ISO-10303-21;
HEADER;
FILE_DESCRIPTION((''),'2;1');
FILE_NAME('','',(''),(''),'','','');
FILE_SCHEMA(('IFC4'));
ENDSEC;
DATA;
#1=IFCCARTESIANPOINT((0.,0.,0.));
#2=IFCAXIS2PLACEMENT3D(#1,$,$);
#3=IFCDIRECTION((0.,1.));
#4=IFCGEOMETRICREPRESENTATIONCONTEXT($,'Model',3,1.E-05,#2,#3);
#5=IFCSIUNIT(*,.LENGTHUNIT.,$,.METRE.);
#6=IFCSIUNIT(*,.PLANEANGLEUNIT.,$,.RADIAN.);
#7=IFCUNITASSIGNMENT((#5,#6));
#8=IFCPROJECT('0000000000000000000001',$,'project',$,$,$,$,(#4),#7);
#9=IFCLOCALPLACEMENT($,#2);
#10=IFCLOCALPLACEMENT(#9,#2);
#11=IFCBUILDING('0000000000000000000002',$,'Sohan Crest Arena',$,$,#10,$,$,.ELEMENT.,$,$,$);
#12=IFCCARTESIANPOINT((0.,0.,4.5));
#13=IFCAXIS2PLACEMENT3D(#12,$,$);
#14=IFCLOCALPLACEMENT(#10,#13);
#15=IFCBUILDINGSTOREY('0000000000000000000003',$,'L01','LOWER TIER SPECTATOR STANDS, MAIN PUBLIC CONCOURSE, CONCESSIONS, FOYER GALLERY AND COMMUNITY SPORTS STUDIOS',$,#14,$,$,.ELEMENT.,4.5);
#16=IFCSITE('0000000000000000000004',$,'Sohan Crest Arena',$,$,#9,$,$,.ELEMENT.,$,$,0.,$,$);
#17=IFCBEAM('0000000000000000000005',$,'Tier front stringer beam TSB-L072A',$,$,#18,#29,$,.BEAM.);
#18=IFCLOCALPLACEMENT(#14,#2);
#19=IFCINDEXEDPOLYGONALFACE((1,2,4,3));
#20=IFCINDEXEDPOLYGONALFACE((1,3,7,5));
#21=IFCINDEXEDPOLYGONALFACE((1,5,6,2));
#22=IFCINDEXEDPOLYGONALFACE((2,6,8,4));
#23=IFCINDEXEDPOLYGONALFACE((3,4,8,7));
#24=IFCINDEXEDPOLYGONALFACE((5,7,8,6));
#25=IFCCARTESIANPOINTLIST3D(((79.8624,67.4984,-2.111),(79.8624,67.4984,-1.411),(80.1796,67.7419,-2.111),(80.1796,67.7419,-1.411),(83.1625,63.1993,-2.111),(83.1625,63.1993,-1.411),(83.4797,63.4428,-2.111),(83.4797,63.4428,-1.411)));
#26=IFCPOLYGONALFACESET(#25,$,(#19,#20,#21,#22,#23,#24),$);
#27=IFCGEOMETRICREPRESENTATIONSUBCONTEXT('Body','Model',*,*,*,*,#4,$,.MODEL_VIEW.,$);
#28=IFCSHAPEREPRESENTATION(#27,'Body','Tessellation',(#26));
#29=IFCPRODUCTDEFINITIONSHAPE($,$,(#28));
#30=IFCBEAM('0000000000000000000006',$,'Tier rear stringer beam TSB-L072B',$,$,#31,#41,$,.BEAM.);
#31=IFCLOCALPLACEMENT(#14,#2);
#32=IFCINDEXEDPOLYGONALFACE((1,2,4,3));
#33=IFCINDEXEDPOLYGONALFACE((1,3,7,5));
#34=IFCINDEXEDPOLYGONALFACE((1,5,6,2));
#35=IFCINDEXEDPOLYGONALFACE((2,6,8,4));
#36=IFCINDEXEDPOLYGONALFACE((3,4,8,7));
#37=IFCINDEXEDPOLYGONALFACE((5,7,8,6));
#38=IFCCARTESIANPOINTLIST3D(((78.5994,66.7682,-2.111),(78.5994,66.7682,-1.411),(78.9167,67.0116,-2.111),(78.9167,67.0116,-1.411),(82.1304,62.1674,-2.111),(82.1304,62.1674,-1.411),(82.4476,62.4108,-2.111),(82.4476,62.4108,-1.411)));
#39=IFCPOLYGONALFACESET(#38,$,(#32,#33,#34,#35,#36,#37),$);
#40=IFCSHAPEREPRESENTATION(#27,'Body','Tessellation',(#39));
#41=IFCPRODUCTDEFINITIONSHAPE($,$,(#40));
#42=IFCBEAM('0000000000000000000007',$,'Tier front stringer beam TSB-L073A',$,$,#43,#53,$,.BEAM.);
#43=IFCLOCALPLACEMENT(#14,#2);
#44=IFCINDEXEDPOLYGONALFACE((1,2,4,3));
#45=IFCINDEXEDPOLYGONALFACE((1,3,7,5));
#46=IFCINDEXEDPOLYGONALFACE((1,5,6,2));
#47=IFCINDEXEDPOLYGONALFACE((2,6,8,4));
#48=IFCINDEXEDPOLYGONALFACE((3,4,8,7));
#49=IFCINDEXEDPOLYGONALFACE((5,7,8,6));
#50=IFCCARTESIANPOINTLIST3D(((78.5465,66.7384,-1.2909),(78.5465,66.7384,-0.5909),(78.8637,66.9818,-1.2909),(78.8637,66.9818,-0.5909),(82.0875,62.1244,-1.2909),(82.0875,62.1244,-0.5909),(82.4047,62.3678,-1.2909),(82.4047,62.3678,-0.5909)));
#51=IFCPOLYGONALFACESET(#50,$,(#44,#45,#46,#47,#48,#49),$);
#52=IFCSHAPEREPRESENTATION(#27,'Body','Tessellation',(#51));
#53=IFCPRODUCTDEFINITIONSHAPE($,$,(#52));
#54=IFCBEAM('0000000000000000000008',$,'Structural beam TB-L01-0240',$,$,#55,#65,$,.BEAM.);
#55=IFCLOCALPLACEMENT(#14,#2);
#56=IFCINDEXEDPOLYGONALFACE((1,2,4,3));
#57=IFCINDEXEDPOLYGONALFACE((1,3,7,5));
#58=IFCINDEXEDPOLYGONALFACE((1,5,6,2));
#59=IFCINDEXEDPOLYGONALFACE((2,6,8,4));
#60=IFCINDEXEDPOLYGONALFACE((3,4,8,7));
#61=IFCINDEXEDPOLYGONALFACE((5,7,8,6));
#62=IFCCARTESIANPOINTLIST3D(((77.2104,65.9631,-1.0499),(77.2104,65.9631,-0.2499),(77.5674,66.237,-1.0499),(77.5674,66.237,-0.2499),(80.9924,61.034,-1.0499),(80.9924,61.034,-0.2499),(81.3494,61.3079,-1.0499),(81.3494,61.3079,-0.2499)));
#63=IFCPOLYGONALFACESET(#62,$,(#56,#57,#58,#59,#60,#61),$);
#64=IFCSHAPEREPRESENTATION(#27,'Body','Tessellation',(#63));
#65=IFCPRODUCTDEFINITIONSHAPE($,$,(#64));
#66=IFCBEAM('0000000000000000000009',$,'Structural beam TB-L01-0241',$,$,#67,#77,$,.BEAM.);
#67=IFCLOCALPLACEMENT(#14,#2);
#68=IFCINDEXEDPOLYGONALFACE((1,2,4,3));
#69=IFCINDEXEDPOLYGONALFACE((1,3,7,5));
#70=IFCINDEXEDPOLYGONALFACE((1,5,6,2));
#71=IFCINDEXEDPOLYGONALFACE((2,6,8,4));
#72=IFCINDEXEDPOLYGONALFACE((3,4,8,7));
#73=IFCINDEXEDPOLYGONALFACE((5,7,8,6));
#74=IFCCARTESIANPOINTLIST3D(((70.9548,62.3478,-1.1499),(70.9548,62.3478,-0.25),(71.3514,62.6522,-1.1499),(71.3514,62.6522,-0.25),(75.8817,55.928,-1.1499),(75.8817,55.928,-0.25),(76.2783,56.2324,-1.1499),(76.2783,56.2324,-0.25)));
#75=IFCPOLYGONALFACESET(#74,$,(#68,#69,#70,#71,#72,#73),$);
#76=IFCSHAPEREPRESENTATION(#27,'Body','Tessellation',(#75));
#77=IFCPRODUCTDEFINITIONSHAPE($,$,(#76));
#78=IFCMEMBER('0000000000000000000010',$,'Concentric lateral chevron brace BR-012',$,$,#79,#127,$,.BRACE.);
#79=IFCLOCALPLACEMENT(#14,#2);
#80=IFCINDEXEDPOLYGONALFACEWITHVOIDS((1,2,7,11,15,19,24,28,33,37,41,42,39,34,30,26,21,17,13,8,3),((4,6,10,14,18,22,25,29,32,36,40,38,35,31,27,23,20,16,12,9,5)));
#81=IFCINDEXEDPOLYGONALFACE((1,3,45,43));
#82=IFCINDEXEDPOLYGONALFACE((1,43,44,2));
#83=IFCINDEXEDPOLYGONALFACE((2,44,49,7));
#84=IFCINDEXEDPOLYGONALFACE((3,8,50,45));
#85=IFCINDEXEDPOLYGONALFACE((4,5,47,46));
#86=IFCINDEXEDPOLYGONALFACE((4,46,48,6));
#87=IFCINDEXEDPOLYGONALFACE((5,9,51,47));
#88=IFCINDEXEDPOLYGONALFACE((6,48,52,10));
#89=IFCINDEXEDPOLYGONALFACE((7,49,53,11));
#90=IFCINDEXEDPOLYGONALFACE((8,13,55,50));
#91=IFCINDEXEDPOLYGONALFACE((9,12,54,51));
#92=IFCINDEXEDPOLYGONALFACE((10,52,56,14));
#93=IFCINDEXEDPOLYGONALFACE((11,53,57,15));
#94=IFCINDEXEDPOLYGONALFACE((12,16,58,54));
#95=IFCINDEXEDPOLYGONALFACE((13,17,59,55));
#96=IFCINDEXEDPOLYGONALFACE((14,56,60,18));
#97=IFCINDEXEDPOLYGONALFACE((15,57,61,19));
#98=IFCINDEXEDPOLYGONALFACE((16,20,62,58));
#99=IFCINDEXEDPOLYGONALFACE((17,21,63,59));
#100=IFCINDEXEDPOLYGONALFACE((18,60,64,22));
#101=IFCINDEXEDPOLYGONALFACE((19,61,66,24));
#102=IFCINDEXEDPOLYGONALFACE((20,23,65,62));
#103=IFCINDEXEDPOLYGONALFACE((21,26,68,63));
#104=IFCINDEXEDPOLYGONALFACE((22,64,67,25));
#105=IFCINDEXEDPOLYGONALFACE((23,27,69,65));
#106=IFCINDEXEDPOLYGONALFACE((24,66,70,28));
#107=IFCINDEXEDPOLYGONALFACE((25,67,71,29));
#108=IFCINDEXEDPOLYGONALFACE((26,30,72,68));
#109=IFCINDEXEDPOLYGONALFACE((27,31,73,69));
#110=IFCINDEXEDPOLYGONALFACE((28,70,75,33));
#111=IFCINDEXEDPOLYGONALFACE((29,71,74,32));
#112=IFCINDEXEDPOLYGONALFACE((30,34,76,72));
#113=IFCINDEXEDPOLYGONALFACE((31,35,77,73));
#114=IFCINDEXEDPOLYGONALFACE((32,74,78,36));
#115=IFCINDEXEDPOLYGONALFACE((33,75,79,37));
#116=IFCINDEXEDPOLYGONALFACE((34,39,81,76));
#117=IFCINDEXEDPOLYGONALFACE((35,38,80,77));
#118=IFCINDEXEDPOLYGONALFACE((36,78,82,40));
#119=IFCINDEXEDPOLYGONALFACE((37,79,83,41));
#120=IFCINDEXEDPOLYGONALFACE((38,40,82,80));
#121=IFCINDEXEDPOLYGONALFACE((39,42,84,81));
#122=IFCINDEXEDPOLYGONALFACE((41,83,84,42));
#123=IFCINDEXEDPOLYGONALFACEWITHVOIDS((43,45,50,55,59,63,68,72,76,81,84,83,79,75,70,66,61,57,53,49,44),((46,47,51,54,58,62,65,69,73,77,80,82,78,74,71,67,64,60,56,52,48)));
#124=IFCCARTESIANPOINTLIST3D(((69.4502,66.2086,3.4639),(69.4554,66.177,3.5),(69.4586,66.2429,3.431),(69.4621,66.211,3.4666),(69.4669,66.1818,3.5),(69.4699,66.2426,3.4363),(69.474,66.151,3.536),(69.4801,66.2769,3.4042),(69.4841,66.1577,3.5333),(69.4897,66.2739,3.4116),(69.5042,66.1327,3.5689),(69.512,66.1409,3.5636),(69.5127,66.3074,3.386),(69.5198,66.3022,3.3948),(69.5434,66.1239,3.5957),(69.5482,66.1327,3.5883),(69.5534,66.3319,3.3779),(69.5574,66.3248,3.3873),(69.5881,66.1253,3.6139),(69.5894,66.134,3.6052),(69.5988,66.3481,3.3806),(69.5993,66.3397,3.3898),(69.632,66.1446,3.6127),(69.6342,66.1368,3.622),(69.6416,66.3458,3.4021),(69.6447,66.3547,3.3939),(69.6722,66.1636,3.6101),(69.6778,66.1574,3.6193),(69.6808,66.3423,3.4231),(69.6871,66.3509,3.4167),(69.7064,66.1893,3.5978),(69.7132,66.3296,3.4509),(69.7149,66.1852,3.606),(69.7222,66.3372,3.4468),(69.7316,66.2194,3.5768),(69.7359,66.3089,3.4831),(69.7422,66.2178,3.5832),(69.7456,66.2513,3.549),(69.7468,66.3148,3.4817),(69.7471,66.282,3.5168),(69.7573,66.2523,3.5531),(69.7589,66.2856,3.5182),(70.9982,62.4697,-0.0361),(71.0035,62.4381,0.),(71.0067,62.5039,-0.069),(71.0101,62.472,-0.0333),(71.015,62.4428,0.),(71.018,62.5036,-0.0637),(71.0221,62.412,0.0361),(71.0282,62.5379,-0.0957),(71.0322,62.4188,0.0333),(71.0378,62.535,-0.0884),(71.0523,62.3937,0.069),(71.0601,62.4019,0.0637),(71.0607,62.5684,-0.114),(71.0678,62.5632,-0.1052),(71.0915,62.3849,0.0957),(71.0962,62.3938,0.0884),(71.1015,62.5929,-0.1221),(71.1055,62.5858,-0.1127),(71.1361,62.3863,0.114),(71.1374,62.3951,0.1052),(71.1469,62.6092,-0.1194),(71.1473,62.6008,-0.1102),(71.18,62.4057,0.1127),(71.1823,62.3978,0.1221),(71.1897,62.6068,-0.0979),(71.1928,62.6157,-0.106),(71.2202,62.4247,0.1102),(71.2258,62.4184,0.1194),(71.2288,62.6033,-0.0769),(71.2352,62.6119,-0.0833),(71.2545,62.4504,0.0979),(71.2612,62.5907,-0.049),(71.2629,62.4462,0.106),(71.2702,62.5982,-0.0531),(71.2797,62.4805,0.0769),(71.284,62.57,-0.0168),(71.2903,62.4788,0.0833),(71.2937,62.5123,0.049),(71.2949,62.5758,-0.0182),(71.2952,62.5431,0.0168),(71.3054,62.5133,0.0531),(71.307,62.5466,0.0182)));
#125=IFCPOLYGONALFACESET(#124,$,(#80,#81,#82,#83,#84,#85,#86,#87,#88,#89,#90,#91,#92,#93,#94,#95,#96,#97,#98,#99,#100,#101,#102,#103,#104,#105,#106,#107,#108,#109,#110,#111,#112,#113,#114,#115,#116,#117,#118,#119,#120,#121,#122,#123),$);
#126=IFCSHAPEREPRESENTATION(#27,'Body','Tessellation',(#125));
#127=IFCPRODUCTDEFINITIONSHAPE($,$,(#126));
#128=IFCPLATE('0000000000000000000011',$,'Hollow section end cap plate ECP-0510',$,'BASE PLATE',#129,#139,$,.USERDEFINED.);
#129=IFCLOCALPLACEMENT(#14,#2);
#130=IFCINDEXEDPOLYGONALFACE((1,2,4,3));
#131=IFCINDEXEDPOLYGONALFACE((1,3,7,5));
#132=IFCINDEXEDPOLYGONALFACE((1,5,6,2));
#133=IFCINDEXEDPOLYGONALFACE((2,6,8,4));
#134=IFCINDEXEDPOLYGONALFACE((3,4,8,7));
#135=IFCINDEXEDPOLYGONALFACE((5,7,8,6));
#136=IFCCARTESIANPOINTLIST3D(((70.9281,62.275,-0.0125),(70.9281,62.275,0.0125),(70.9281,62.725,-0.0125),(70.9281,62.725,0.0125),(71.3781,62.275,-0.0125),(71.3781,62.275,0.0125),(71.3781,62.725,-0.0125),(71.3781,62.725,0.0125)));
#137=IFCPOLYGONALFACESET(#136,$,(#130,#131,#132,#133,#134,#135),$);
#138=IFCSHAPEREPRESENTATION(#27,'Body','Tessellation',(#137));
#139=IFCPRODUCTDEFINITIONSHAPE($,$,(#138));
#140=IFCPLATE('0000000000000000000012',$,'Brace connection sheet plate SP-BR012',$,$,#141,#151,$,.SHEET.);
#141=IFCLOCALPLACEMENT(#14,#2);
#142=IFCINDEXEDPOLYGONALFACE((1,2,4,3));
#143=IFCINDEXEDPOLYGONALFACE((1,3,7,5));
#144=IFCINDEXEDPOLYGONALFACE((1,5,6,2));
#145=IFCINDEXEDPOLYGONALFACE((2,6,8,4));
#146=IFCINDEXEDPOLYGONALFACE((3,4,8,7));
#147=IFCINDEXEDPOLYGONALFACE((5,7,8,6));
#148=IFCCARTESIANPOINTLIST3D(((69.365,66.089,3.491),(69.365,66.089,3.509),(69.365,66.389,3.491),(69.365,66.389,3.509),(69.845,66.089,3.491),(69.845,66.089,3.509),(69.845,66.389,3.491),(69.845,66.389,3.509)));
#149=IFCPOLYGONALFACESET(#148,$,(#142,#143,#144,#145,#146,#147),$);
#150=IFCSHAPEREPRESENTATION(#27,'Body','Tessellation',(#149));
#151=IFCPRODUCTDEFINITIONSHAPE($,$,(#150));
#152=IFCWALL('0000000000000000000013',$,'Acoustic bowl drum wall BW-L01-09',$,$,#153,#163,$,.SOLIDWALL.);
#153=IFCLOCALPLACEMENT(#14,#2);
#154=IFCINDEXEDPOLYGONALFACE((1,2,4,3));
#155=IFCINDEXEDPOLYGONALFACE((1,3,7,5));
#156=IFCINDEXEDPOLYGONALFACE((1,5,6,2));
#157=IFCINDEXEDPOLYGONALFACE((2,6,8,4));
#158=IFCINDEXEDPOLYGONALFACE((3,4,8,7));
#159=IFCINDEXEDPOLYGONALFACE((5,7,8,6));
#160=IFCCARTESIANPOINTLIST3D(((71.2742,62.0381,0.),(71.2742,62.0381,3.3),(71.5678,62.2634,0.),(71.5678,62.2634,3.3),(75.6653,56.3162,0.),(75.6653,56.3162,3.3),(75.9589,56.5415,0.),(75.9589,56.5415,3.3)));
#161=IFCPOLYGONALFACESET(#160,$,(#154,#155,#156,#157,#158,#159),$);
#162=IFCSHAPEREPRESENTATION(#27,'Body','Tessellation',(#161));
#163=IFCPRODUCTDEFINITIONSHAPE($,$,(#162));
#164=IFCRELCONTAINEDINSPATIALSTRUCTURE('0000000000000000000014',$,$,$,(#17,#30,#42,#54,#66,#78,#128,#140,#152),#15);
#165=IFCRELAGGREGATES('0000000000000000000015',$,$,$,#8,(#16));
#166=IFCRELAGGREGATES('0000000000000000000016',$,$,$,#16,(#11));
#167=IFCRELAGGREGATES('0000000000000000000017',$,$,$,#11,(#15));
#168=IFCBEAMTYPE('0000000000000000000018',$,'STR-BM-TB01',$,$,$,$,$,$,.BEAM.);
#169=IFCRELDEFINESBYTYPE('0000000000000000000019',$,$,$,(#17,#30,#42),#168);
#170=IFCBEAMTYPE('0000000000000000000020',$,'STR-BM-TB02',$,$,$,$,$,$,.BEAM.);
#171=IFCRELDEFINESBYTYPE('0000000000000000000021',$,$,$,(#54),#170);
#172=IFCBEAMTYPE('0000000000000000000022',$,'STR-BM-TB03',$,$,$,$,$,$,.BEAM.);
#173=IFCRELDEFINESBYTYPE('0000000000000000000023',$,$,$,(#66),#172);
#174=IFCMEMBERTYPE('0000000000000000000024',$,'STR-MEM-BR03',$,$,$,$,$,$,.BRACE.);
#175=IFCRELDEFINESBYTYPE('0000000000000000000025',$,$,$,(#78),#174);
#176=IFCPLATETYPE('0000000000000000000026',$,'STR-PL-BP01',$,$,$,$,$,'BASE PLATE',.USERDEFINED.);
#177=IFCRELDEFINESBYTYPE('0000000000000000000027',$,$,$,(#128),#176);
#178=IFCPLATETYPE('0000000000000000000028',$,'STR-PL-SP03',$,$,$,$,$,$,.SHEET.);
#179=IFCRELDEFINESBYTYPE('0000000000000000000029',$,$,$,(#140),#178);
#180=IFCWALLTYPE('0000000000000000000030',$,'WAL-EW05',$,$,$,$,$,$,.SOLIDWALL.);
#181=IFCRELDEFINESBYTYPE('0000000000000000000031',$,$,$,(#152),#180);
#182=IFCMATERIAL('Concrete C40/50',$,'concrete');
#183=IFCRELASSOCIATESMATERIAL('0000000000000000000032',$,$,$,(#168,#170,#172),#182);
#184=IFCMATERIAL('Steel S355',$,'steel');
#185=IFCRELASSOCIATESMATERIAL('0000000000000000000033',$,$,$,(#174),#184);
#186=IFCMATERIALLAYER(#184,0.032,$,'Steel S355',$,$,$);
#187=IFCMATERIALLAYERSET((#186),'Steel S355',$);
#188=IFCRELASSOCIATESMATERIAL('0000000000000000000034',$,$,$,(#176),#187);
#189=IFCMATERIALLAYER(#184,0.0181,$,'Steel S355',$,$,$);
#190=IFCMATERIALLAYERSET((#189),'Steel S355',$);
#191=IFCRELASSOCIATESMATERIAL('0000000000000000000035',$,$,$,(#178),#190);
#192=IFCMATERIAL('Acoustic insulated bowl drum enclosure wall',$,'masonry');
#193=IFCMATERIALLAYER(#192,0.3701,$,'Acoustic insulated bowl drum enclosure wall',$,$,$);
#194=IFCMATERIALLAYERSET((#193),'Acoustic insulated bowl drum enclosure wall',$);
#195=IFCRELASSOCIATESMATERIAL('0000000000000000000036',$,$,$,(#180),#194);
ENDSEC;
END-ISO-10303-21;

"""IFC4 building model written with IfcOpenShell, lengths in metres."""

from ifc_helpers import new_model, si_unit, direction, frame, frame_2d, origin, origin_2d, place, context, subcontext, project, spatial, rectangle, hollow_circle, extrude, material, layer, layer_set, material_profile, profile_set, type_object, element, save


model = new_model("IFC4")

# Units and contexts
model_context = context("Model", 3, precision=1e-05, world=origin(), true_north=direction((0.0, 1.0)))
body_context = subcontext(model_context, "Body", "Model", "MODEL_VIEW")
ifc_project = project(units=[si_unit("LENGTHUNIT", "METRE"), si_unit("PLANEANGLEUNIT", "RADIAN")], contexts=[model_context])

# Site, building, storey
site_placement = place(None, origin())
site = spatial("IfcSite", under=ifc_project, at=site_placement, Name="Sohan Crest Arena", CompositionType="ELEMENT", RefElevation=0.0)
building_placement = place(site_placement, origin())
building = spatial("IfcBuilding", under=site, at=building_placement, Name="Sohan Crest Arena", CompositionType="ELEMENT")
storey_placement = place(building_placement, frame((0.0, 0.0, 4.5)))
storey = spatial("IfcBuildingStorey", under=building, at=storey_placement, Name="L01", Description="LOWER TIER SPECTATOR STANDS, MAIN PUBLIC CONCOURSE, CONCESSIONS, FOYER GALLERY AND COMMUNITY SPORTS STUDIOS", CompositionType="ELEMENT", Elevation=4.5)

# Shared definitions
ifc_material_1 = material(Name="Concrete C40/50", Category="concrete")
ifc_material_2 = material(Name="Steel S355", Category="steel")

# Beams
ifc_material_profile_1 = material_profile(ifc_material_1, rectangle(XDim=0.3999, YDim=0.7, at=origin_2d()), Name="RC-BM 400x700")
ifc_profile_set_1 = profile_set([ifc_material_profile_1], Name="Concrete C40/50")
beam_type_1 = type_object("IfcBeamType", Name="STR-BM-TB01", PredefinedType="BEAM", material=ifc_profile_set_1)
beam_1_placement = place(storey_placement, frame((80.021, 67.6201, -1.761), z_axis=(0.608907, -0.793242, 0.0), x_axis=(0.793242, 0.608907, 0.0)))
element("IfcBeam", 1, at=beam_1_placement, inside=storey, type_object=beam_type_1, Name="Tier front stringer beam TSB-L072A", PredefinedType="BEAM", context=body_context, shape_type="SweptSolid", body=[
    extrude(rectangle(XDim=0.3999, YDim=0.7, at=origin_2d()), origin(), (0.0, 0.0, 1.0), 5.4197),
])
beam_2_placement = place(storey_placement, frame((78.7581, 66.8899, -1.761), z_axis=(0.608834, -0.793298, 0.0), x_axis=(0.793298, 0.608834, 0.0)))
element("IfcBeam", 2, at=beam_2_placement, inside=storey, type_object=beam_type_1, Name="Tier rear stringer beam TSB-L072B", PredefinedType="BEAM", context=body_context, shape_type="SweptSolid", body=[
    extrude(rectangle(XDim=0.3999, YDim=0.7, at=origin_2d()), origin(), (0.0, 0.0, 1.0), 5.7996),
])
beam_3_placement = place(storey_placement, frame((78.7051, 66.8601, -0.9409), z_axis=(0.608822, -0.793307, 0.0), x_axis=(0.793307, 0.608822, 0.0)))
element("IfcBeam", 3, at=beam_3_placement, inside=storey, type_object=beam_type_1, Name="Tier front stringer beam TSB-L073A", PredefinedType="BEAM", context=body_context, shape_type="SweptSolid", body=[
    extrude(rectangle(XDim=0.3999, YDim=0.7, at=origin_2d()), origin(), (0.0, 0.0, 1.0), 5.8162),
])
ifc_material_profile_2 = material_profile(ifc_material_1, rectangle(XDim=0.45, YDim=0.8, at=origin_2d()), Name="RC-BM 450x800")
ifc_profile_set_2 = profile_set([ifc_material_profile_2], Name="Concrete C40/50")
beam_type_2 = type_object("IfcBeamType", Name="STR-BM-TB02", PredefinedType="BEAM", material=ifc_profile_set_2)
beam_4_placement = place(storey_placement, frame((77.3889, 66.1001, -0.6499), z_axis=(0.608728, -0.793379, 0.0), x_axis=(0.793379, 0.608728, 0.0)))
element("IfcBeam", 4, at=beam_4_placement, inside=storey, type_object=beam_type_2, Name="Structural beam TB-L01-0240", PredefinedType="BEAM", context=body_context, shape_type="SweptSolid", body=[
    extrude(rectangle(XDim=0.45, YDim=0.8, at=origin_2d()), origin(), (0.0, 0.0, 1.0), 6.2129),
])
ifc_material_profile_3 = material_profile(ifc_material_1, rectangle(XDim=0.5, YDim=0.8999, at=origin_2d()), Name="RC-BM 500x900")
ifc_profile_set_3 = profile_set([ifc_material_profile_3], Name="Concrete C40/50")
beam_type_3 = type_object("IfcBeamType", Name="STR-BM-TB03", PredefinedType="BEAM", material=ifc_profile_set_3)
beam_5_placement = place(storey_placement, frame((71.1531, 62.5, -0.7), z_axis=(0.608825, -0.793304, 0.0), x_axis=(0.793304, 0.608825, 0.0)))
element("IfcBeam", 5, at=beam_5_placement, inside=storey, type_object=beam_type_3, Name="Structural beam TB-L01-0241", PredefinedType="BEAM", context=body_context, shape_type="SweptSolid", body=[
    extrude(rectangle(XDim=0.5, YDim=0.8999, at=origin_2d()), origin(), (0.0, 0.0, 1.0), 8.0925),
])

# Member
ifc_material_profile_4 = material_profile(ifc_material_2, hollow_circle(Radius=0.1619, WallThickness=0.0125, at=origin_2d()), Name="CHS 323.9x12.5")
ifc_profile_set_4 = profile_set([ifc_material_profile_4], Name="Steel S355")
member_type = type_object("IfcMemberType", Name="STR-MEM-BR03", PredefinedType="BRACE", material=ifc_profile_set_4)
member_placement = place(storey_placement, frame((71.1531, 62.5, 0.0), z_axis=(-0.289342, 0.698828, 0.654156), x_axis=(-0.923937, -0.382545, 0.0)))
element("IfcMember", 6, at=member_placement, inside=storey, type_object=member_type, Name="Concentric lateral chevron brace BR-012", PredefinedType="BRACE", context=body_context, shape_type="SweptSolid", body=[
    extrude(hollow_circle(Radius=0.1619, WallThickness=0.0125, at=origin_2d()), origin(), (0.0, 0.0, 1.0), 5.3503),
])

# Plates
ifc_layer_1 = layer(ifc_material_2, 0.032, Name="Steel S355")
ifc_layer_set_1 = layer_set([ifc_layer_1], Name="Steel S355")
plate_type_1 = type_object("IfcPlateType", Name="STR-PL-BP01", ElementType="BASE PLATE", PredefinedType="USERDEFINED", material=ifc_layer_set_1)
plate_1_placement = place(storey_placement, frame((71.1531, 62.5, -0.0125), z_axis=(0.0, 0.0, 1.0), x_axis=(1.0, 0.0, 0.0)))
element("IfcPlate", 7, at=plate_1_placement, inside=storey, type_object=plate_type_1, Name="Hollow section end cap plate ECP-0510", ObjectType="BASE PLATE", PredefinedType="USERDEFINED", context=body_context, shape_type="SweptSolid", body=[
    extrude(rectangle(XDim=0.45, YDim=0.45, at=origin_2d()), origin(), (0.0, 0.0, 1.0), 0.0249),
])
ifc_layer_2 = layer(ifc_material_2, 0.0181, Name="Steel S355")
ifc_layer_set_2 = layer_set([ifc_layer_2], Name="Steel S355")
plate_type_2 = type_object("IfcPlateType", Name="STR-PL-SP03", PredefinedType="SHEET", material=ifc_layer_set_2)
plate_2_placement = place(storey_placement, frame((69.605, 66.239, 3.491), z_axis=(0.0, 0.0, 1.0), x_axis=(1.0, 0.0, 0.0)))
element("IfcPlate", 8, at=plate_2_placement, inside=storey, type_object=plate_type_2, Name="Brace connection sheet plate SP-BR012", PredefinedType="SHEET", context=body_context, shape_type="SweptSolid", body=[
    extrude(rectangle(XDim=0.48, YDim=0.3, at=origin_2d()), origin(), (0.0, 0.0, 1.0), 0.0181),
])

# Wall
ifc_material_3 = material(Name="Acoustic insulated bowl drum enclosure wall", Category="masonry")
ifc_layer_3 = layer(ifc_material_3, 0.3701, Name="Acoustic insulated bowl drum enclosure wall")
ifc_layer_set_3 = layer_set([ifc_layer_3], Name="Acoustic insulated bowl drum enclosure wall")
wall_type_1 = type_object("IfcWallType", Name="WAL-EW05", PredefinedType="SOLIDWALL", material=ifc_layer_set_3)
wall_1_placement = place(storey_placement, frame((71.4209, 62.1509, 0.0), z_axis=(0.0, 0.0, 1.0), x_axis=(0.608807, -0.793318, 0.0)))
element("IfcWall", 9, at=wall_1_placement, inside=storey, type_object=wall_type_1, Name="Acoustic bowl drum wall BW-L01-09", PredefinedType="SOLIDWALL", context=body_context, shape_type="SweptSolid", body=[
    extrude(rectangle(XDim=7.2126, YDim=0.3701, at=frame_2d((3.6064, 0.0))), origin(), (0.0, 0.0, 1.0), 3.3),
])

save(model, "model.ifc")
